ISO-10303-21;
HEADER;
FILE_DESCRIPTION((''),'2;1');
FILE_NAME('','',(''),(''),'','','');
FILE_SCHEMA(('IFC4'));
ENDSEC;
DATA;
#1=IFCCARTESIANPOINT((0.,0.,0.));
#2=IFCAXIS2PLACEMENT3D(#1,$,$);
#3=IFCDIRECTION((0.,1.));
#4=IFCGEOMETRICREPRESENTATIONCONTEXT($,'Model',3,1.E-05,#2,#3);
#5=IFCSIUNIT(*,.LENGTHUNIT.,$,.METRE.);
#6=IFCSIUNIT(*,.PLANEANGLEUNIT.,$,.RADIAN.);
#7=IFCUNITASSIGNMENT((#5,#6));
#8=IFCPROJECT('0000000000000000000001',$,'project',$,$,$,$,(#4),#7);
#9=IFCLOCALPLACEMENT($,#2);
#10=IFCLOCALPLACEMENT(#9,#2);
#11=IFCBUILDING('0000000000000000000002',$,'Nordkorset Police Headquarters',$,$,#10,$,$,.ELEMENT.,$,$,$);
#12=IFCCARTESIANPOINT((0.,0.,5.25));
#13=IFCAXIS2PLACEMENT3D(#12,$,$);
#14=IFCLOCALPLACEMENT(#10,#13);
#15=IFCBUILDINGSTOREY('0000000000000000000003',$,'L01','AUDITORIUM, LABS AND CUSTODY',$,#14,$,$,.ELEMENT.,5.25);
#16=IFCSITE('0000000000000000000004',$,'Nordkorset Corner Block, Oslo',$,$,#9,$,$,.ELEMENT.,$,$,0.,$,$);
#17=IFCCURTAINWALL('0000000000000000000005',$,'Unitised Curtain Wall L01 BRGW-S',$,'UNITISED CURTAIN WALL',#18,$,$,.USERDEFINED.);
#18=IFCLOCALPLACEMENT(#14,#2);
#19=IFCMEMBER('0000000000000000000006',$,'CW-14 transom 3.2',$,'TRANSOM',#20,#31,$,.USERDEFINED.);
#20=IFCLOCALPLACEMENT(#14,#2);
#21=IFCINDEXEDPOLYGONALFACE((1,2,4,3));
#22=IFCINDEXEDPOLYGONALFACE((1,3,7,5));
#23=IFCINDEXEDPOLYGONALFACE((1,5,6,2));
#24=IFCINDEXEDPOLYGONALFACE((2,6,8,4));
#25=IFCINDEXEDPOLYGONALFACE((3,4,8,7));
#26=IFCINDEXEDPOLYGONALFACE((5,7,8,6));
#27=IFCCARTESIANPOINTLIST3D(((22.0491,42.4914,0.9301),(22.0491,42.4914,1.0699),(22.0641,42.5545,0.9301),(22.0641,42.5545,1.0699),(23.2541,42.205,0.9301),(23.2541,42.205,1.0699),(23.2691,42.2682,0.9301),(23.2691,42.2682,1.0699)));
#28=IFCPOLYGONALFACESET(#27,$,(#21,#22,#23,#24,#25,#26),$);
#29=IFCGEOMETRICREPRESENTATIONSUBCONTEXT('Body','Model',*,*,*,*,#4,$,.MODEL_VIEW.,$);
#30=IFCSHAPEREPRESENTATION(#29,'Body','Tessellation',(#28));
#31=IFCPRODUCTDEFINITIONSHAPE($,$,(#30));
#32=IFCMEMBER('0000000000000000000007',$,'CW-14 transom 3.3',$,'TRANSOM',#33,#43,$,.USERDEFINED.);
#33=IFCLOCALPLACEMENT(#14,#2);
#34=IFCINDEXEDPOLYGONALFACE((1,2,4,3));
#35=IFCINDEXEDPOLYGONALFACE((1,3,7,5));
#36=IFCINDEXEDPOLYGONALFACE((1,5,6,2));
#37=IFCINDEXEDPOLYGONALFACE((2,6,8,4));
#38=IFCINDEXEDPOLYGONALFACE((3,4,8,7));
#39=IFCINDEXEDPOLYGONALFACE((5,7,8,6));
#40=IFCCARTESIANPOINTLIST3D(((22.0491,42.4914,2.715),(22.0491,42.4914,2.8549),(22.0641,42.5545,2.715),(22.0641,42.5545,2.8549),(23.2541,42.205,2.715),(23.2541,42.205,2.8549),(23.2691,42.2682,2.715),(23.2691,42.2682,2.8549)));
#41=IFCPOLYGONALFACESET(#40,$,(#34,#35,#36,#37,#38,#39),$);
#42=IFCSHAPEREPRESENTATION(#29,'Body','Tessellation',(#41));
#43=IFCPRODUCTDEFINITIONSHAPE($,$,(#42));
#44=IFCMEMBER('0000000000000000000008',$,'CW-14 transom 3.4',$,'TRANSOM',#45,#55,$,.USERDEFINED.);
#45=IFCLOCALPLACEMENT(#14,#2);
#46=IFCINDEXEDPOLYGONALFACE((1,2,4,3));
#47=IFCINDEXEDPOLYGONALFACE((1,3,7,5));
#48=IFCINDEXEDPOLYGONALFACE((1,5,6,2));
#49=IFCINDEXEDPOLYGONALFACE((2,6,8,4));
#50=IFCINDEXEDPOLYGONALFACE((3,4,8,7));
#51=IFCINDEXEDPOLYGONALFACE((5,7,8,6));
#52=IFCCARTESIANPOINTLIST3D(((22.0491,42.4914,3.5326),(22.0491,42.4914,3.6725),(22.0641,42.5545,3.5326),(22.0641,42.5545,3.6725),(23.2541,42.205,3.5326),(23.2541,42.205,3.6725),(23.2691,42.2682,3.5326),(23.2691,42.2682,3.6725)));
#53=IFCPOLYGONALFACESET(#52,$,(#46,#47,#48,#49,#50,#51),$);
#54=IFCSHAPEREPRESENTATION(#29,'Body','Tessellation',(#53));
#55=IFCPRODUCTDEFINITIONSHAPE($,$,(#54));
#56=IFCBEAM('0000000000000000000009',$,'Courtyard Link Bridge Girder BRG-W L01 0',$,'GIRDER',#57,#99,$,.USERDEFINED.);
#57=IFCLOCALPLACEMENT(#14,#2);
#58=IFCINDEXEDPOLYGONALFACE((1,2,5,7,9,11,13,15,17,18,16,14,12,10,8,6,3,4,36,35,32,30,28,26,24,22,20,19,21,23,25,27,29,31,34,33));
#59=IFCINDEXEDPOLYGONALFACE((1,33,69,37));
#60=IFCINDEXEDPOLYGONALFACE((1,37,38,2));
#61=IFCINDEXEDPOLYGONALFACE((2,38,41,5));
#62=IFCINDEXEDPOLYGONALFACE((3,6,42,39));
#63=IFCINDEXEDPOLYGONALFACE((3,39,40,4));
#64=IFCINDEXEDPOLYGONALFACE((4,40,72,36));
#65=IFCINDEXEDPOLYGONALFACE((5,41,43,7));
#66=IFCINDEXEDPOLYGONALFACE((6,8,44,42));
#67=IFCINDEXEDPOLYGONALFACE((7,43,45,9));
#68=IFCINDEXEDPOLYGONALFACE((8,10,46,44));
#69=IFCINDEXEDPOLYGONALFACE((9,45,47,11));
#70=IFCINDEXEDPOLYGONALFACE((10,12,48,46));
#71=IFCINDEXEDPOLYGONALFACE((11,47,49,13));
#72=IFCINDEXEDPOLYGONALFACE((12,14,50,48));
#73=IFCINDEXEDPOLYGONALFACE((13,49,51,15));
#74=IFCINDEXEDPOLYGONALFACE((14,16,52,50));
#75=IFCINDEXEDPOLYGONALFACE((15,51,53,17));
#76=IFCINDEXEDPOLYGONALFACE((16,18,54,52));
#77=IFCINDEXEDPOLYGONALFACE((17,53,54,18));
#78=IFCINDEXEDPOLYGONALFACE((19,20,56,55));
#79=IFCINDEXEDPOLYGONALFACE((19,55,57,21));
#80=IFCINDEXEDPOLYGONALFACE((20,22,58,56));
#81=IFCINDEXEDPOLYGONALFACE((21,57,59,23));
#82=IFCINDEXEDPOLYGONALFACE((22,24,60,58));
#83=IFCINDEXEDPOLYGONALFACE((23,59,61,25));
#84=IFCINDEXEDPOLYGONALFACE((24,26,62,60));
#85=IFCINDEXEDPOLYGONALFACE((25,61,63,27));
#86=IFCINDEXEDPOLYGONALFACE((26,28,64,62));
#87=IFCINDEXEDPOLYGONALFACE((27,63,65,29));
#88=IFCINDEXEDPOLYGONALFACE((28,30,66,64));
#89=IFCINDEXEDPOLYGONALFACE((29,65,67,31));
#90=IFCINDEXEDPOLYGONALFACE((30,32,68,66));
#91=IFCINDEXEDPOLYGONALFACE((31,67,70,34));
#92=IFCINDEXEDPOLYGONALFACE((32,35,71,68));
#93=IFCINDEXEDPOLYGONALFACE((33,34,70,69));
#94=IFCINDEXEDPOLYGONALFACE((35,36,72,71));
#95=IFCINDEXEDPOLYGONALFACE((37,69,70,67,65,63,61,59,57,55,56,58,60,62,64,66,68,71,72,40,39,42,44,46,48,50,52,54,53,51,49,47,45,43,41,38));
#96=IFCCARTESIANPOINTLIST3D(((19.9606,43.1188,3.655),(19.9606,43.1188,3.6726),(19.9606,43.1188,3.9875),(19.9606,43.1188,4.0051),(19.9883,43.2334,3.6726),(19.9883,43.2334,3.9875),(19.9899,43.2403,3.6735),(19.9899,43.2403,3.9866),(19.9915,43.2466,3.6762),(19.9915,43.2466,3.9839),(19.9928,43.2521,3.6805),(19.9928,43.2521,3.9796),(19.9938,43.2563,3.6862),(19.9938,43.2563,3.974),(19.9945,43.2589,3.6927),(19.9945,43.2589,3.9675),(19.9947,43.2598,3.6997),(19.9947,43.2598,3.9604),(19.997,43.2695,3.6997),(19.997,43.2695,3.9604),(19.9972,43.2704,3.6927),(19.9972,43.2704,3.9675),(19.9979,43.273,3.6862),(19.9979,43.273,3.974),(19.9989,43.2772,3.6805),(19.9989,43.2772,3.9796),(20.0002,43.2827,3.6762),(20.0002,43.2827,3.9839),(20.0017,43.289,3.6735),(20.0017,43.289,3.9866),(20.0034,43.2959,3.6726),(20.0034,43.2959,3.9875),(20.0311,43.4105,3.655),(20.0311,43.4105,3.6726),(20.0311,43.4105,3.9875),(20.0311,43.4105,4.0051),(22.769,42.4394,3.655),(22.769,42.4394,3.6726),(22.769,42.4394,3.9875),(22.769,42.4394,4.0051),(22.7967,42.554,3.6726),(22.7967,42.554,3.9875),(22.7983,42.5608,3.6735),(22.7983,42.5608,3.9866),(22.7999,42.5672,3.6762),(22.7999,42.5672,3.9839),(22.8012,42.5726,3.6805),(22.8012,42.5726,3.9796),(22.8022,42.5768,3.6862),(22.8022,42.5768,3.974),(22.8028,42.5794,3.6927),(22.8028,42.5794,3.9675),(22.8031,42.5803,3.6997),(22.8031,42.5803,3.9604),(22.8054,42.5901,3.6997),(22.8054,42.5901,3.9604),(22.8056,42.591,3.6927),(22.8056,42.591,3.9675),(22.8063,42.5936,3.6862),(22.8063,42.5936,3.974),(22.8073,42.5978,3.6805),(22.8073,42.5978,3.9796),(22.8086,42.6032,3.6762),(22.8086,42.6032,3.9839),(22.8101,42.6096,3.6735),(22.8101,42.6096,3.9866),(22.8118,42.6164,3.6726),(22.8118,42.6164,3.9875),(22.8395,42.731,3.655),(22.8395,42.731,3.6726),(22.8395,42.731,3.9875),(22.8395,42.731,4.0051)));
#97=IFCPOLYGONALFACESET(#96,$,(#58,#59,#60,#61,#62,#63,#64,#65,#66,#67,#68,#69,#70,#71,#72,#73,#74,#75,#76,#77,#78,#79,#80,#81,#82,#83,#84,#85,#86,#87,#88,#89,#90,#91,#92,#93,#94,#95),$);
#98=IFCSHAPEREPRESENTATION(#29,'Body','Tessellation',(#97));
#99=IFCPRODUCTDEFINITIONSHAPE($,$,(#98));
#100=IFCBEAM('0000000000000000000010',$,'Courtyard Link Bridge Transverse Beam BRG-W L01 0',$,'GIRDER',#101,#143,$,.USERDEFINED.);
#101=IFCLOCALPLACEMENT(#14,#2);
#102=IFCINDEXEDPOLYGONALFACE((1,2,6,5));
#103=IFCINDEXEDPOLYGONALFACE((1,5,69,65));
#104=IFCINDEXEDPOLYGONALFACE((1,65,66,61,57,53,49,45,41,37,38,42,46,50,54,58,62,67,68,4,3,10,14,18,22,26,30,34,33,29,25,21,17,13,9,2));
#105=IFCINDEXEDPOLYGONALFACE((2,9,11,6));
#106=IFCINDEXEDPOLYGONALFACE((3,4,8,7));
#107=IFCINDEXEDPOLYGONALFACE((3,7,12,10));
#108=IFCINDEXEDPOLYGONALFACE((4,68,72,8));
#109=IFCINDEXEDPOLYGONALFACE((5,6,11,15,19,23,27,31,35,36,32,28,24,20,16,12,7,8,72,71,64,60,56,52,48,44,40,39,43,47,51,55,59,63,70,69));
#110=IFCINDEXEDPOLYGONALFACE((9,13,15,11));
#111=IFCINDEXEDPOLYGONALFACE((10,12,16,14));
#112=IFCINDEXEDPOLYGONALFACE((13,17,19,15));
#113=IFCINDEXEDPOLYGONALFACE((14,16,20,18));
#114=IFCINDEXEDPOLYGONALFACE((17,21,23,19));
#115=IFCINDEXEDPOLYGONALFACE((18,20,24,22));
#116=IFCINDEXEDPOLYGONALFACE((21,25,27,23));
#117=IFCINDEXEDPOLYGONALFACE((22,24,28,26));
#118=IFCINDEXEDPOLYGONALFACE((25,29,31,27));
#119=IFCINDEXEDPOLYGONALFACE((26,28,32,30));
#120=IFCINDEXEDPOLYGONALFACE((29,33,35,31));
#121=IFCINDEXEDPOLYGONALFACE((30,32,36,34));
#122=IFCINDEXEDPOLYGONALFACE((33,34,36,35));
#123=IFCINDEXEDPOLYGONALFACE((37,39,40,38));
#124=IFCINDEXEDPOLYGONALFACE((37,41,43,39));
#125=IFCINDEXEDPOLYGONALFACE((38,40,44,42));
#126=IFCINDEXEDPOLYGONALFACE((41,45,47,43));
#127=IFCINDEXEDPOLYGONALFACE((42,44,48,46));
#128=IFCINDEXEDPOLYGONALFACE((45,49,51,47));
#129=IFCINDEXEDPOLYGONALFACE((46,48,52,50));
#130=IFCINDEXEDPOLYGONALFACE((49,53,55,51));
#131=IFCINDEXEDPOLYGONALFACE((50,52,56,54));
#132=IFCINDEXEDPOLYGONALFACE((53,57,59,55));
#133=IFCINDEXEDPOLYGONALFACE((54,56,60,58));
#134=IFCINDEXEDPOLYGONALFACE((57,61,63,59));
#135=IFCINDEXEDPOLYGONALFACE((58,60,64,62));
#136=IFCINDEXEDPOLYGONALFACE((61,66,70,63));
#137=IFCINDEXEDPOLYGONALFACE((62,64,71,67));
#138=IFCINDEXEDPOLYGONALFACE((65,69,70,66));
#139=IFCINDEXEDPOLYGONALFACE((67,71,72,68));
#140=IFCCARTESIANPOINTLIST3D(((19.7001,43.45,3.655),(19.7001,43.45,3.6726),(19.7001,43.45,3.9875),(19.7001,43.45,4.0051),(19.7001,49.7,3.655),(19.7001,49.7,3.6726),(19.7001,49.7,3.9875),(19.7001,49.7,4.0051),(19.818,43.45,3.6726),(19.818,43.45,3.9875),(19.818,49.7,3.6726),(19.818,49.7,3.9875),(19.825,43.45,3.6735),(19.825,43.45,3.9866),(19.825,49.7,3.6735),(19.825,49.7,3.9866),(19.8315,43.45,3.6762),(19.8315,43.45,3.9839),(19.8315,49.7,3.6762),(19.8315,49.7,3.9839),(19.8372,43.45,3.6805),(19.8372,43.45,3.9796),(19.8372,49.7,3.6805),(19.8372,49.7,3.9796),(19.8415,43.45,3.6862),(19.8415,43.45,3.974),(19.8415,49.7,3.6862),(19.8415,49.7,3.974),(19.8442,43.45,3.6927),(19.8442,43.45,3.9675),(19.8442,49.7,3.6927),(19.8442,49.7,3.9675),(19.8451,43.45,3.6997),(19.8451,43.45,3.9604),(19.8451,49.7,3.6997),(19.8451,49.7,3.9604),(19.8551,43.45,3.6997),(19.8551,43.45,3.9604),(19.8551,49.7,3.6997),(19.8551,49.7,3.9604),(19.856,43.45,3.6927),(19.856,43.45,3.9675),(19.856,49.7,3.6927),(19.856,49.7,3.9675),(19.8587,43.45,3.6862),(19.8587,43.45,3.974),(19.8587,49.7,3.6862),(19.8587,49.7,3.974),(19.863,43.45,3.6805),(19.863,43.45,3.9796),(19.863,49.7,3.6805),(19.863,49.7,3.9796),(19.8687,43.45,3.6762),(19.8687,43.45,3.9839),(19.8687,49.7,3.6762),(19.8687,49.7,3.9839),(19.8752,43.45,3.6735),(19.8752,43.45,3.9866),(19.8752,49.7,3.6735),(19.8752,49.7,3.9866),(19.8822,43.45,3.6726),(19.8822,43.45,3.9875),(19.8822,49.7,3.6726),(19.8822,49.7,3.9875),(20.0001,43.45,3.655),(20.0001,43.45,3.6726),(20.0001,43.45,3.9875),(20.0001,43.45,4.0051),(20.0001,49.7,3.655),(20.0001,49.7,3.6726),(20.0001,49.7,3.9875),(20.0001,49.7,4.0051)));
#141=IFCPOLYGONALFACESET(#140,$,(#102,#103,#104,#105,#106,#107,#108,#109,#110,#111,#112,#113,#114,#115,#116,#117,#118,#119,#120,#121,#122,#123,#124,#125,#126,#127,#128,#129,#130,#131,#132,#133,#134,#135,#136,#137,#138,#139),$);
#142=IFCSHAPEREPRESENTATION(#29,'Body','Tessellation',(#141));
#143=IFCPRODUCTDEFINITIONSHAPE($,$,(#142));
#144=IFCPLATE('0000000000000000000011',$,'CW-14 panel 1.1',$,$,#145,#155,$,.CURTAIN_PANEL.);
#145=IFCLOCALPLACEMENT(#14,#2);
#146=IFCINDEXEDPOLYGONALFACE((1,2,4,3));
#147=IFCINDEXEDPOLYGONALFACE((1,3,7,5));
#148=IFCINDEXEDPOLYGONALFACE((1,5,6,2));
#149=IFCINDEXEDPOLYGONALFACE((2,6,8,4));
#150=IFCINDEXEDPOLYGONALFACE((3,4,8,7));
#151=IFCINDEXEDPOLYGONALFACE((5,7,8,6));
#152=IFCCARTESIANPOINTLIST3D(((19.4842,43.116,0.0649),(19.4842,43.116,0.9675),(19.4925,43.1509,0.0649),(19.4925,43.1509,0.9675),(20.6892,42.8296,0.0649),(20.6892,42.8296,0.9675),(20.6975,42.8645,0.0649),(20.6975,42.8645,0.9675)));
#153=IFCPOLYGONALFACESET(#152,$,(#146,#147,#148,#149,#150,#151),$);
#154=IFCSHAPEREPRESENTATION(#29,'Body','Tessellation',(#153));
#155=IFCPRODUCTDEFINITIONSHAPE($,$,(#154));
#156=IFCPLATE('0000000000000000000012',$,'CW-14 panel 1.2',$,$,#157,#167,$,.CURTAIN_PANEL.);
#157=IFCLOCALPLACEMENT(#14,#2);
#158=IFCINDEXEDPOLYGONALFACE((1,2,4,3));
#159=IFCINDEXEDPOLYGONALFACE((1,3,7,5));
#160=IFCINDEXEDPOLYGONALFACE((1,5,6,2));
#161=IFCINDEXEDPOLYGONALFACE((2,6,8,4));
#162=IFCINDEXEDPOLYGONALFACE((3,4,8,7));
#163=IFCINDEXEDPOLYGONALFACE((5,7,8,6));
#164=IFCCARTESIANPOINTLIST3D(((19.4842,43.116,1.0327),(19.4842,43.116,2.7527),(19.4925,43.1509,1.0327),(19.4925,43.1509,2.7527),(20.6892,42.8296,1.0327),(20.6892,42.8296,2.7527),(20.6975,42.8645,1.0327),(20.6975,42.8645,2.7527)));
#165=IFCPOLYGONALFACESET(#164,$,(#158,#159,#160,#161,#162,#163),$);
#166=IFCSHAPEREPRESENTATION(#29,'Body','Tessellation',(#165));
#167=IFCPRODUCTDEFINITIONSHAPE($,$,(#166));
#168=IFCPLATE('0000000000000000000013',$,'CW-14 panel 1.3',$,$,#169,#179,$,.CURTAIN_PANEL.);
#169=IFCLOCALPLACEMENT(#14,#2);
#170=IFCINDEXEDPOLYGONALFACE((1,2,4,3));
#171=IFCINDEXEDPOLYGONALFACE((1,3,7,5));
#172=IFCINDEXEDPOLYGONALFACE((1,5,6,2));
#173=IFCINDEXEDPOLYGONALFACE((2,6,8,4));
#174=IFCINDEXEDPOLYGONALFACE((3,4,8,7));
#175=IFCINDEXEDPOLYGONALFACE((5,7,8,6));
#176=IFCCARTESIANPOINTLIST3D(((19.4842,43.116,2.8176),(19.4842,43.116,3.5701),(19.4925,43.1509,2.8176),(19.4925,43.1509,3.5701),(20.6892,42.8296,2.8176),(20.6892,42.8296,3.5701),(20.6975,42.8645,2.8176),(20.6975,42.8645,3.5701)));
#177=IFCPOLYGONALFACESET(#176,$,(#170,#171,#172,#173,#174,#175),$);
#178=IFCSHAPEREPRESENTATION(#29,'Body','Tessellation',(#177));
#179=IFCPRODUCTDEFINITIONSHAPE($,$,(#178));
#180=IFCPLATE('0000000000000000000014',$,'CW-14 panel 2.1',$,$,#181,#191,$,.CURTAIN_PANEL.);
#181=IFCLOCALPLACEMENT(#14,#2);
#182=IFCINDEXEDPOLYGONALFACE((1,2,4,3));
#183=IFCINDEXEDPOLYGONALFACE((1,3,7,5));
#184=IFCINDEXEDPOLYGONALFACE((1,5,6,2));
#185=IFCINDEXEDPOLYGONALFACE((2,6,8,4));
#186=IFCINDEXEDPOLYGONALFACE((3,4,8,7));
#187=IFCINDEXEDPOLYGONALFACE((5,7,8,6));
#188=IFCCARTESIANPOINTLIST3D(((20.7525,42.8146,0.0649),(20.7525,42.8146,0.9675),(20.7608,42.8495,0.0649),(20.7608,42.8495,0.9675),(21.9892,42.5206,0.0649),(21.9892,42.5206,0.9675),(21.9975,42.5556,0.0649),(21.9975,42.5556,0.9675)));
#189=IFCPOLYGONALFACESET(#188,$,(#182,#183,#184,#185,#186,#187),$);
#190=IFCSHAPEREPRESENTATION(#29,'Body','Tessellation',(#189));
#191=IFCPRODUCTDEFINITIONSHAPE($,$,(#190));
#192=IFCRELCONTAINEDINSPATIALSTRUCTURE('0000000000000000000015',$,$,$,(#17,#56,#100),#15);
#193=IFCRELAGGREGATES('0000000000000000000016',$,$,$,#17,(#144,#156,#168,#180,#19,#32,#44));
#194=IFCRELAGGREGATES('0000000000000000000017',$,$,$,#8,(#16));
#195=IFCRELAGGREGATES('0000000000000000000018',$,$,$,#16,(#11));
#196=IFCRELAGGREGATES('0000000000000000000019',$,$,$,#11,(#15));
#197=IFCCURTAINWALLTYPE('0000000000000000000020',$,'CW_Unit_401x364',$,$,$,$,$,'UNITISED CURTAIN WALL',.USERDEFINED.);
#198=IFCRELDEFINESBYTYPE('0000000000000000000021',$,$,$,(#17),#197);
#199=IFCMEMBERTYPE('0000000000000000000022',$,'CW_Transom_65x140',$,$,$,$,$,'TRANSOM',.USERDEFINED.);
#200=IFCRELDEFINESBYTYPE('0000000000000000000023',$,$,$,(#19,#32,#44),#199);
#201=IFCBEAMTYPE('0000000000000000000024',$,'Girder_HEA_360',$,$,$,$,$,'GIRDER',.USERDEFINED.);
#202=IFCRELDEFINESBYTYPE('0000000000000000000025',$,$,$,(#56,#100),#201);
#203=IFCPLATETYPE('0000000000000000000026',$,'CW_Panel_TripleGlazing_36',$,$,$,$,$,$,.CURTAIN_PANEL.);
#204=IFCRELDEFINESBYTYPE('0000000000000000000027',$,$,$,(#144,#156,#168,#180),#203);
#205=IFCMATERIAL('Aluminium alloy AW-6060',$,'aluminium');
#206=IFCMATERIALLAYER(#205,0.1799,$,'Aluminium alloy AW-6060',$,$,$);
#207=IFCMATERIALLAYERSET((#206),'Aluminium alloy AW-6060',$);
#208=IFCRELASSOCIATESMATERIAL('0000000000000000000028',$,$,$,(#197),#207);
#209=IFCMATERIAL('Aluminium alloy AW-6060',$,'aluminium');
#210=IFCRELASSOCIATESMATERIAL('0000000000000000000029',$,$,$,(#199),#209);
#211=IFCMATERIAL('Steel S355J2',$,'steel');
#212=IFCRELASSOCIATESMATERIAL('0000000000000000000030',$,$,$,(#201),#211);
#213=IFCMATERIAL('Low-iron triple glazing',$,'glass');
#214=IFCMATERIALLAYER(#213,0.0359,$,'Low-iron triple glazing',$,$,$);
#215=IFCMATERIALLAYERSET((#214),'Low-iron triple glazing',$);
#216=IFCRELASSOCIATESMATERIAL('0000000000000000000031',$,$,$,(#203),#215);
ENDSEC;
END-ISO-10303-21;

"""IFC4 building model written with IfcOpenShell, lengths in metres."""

from ifc_helpers import new_model, si_unit, direction, frame, origin, origin_2d, place, context, subcontext, project, spatial, rectangle, i_section, extrude, material, layer, layer_set, material_profile, profile_set, type_object, element, aggregate, save


model = new_model("IFC4")

# Units and contexts
model_context = context("Model", 3, precision=1e-05, world=origin(), true_north=direction((0.0, 1.0)))
body_context = subcontext(model_context, "Body", "Model", "MODEL_VIEW")
ifc_project = project(units=[si_unit("LENGTHUNIT", "METRE"), si_unit("PLANEANGLEUNIT", "RADIAN")], contexts=[model_context])

# Site, building, storey
site_placement = place(None, origin())
site = spatial("IfcSite", under=ifc_project, at=site_placement, Name="Nordkorset Corner Block, Oslo", CompositionType="ELEMENT", RefElevation=0.0)
building_placement = place(site_placement, origin())
building = spatial("IfcBuilding", under=site, at=building_placement, Name="Nordkorset Police Headquarters", CompositionType="ELEMENT")
storey_placement = place(building_placement, frame((0.0, 0.0, 5.25)))
storey = spatial("IfcBuildingStorey", under=building, at=storey_placement, Name="L01", Description="AUDITORIUM, LABS AND CUSTODY", CompositionType="ELEMENT", Elevation=5.25)

# Curtain wall, members
ifc_material_1 = material(Name="Aluminium alloy AW-6060", Category="aluminium")
ifc_layer_1 = layer(ifc_material_1, 0.1799, Name="Aluminium alloy AW-6060")
ifc_layer_set_1 = layer_set([ifc_layer_1], Name="Aluminium alloy AW-6060")
curtain_wall_type = type_object("IfcCurtainWallType", Name="CW_Unit_401x364", ElementType="UNITISED CURTAIN WALL", PredefinedType="USERDEFINED", material=ifc_layer_set_1)
curtain_wall_placement = place(storey_placement, origin())
curtain_wall = element("IfcCurtainWall", 1, at=curtain_wall_placement, inside=storey, type_object=curtain_wall_type, Name="Unitised Curtain Wall L01 BRGW-S", ObjectType="UNITISED CURTAIN WALL", PredefinedType="USERDEFINED")
ifc_material_2 = material(Name="Aluminium alloy AW-6060", Category="aluminium")
ifc_material_profile_1 = material_profile(ifc_material_2, rectangle(XDim=0.0649, YDim=0.1399, at=origin_2d()), Name="ALU TRAN 65x140")
ifc_profile_set_1 = profile_set([ifc_material_profile_1], Name="Aluminium alloy AW-6060")
member_type_1 = type_object("IfcMemberType", Name="CW_Transom_65x140", ElementType="TRANSOM", PredefinedType="USERDEFINED", material=ifc_profile_set_1)
member_1_placement = place(storey_placement, frame((22.0566, 42.5229, 1.0), z_axis=(0.972906, -0.231203, 0.0), x_axis=(0.231203, 0.972906, 0.0)))
member_1 = element("IfcMember", 2, at=member_1_placement, type_object=member_type_1, Name="CW-14 transom 3.2", ObjectType="TRANSOM", PredefinedType="USERDEFINED", context=body_context, shape_type="SweptSolid", body=[
    extrude(rectangle(XDim=0.0649, YDim=0.1399, at=origin_2d()), origin(), (0.0, 0.0, 1.0), 1.2385),
])
member_2_placement = place(storey_placement, frame((22.0566, 42.5229, 2.7849), z_axis=(0.972906, -0.231203, 0.0), x_axis=(0.231203, 0.972906, 0.0)))
member_2 = element("IfcMember", 3, at=member_2_placement, type_object=member_type_1, Name="CW-14 transom 3.3", ObjectType="TRANSOM", PredefinedType="USERDEFINED", context=body_context, shape_type="SweptSolid", body=[
    extrude(rectangle(XDim=0.0649, YDim=0.1399, at=origin_2d()), origin(), (0.0, 0.0, 1.0), 1.2385),
])
member_3_placement = place(storey_placement, frame((22.0566, 42.5229, 3.6025), z_axis=(0.972906, -0.231203, 0.0), x_axis=(0.231203, 0.972906, 0.0)))
member_3 = element("IfcMember", 4, at=member_3_placement, type_object=member_type_1, Name="CW-14 transom 3.4", ObjectType="TRANSOM", PredefinedType="USERDEFINED", context=body_context, shape_type="SweptSolid", body=[
    extrude(rectangle(XDim=0.0649, YDim=0.1399, at=origin_2d()), origin(), (0.0, 0.0, 1.0), 1.2385),
])

# Beams
ifc_material_3 = material(Name="Steel S355J2", Category="steel")
ifc_material_profile_2 = material_profile(ifc_material_3, i_section(OverallWidth=0.3, OverallDepth=0.3501, WebThickness=0.01, FlangeThickness=0.0176, FilletRadius=0.0271, at=origin_2d()), Name="HEA 360")
ifc_profile_set_2 = profile_set([ifc_material_profile_2], Name="Steel S355J2")
beam_type_1 = type_object("IfcBeamType", Name="Girder_HEA_360", ElementType="GIRDER", PredefinedType="USERDEFINED", material=ifc_profile_set_2)
beam_1_placement = place(storey_placement, frame((19.9958, 43.2646, 3.8301), z_axis=(0.971958, -0.235153, 0.0), x_axis=(0.235153, 0.971958, 0.0)))
element("IfcBeam", 5, at=beam_1_placement, inside=storey, type_object=beam_type_1, Name="Courtyard Link Bridge Girder BRG-W L01 0", ObjectType="GIRDER", PredefinedType="USERDEFINED", context=body_context, shape_type="SweptSolid", body=[
    extrude(i_section(OverallWidth=0.3, OverallDepth=0.3501, WebThickness=0.01, FlangeThickness=0.0176, FilletRadius=0.0271, at=origin_2d()), origin(), (0.0, 0.0, 1.0), 2.8894),
])
beam_2_placement = place(storey_placement, frame((19.8501, 43.45, 3.8301), z_axis=(0.0, 1.0, 0.0), x_axis=(-1.0, 0.0, 0.0)))
element("IfcBeam", 6, at=beam_2_placement, inside=storey, type_object=beam_type_1, Name="Courtyard Link Bridge Transverse Beam BRG-W L01 0", ObjectType="GIRDER", PredefinedType="USERDEFINED", context=body_context, shape_type="SweptSolid", body=[
    extrude(i_section(OverallWidth=0.3, OverallDepth=0.3501, WebThickness=0.01, FlangeThickness=0.0176, FilletRadius=0.0271, at=origin_2d()), origin(), (0.0, 0.0, 1.0), 6.25),
])

# Plates
ifc_material_4 = material(Name="Low-iron triple glazing", Category="glass")
ifc_layer_2 = layer(ifc_material_4, 0.0359, Name="Low-iron triple glazing")
ifc_layer_set_2 = layer_set([ifc_layer_2], Name="Low-iron triple glazing")
plate_type = type_object("IfcPlateType", Name="CW_Panel_TripleGlazing_36", PredefinedType="CURTAIN_PANEL", material=ifc_layer_set_2)
plate_1_placement = place(storey_placement, frame((20.0908, 42.9902, 0.0649), z_axis=(0.0, 0.0, 1.0), x_axis=(0.972905, -0.231206, 0.0)))
plate_1 = element("IfcPlate", 7, at=plate_1_placement, type_object=plate_type, Name="CW-14 panel 1.1", PredefinedType="CURTAIN_PANEL", context=body_context, shape_type="SweptSolid", body=[
    extrude(rectangle(XDim=1.2385, YDim=0.0359, at=origin_2d()), origin(), (0.0, 0.0, 1.0), 0.9026),
])
plate_2_placement = place(storey_placement, frame((20.0908, 42.9902, 1.0327), z_axis=(0.0, 0.0, 1.0), x_axis=(0.972905, -0.231206, 0.0)))
plate_2 = element("IfcPlate", 8, at=plate_2_placement, type_object=plate_type, Name="CW-14 panel 1.2", PredefinedType="CURTAIN_PANEL", context=body_context, shape_type="SweptSolid", body=[
    extrude(rectangle(XDim=1.2385, YDim=0.0359, at=origin_2d()), origin(), (0.0, 0.0, 1.0), 1.72),
])
plate_3_placement = place(storey_placement, frame((20.0908, 42.9902, 2.8176), z_axis=(0.0, 0.0, 1.0), x_axis=(0.972905, -0.231206, 0.0)))
plate_3 = element("IfcPlate", 9, at=plate_3_placement, type_object=plate_type, Name="CW-14 panel 1.3", PredefinedType="CURTAIN_PANEL", context=body_context, shape_type="SweptSolid", body=[
    extrude(rectangle(XDim=1.2385, YDim=0.0359, at=origin_2d()), origin(), (0.0, 0.0, 1.0), 0.7524),
])
plate_4_placement = place(storey_placement, frame((21.375, 42.6851, 0.0649), z_axis=(0.0, 0.0, 1.0), x_axis=(0.972905, -0.231206, 0.0)))
plate_4 = element("IfcPlate", 10, at=plate_4_placement, type_object=plate_type, Name="CW-14 panel 2.1", PredefinedType="CURTAIN_PANEL", context=body_context, shape_type="SweptSolid", body=[
    extrude(rectangle(XDim=1.2712, YDim=0.0359, at=origin_2d()), origin(), (0.0, 0.0, 1.0), 0.9026),
])
aggregate(curtain_wall, [plate_1, plate_2, plate_3, plate_4, member_1, member_2, member_3])

save(model, "model.ifc")
